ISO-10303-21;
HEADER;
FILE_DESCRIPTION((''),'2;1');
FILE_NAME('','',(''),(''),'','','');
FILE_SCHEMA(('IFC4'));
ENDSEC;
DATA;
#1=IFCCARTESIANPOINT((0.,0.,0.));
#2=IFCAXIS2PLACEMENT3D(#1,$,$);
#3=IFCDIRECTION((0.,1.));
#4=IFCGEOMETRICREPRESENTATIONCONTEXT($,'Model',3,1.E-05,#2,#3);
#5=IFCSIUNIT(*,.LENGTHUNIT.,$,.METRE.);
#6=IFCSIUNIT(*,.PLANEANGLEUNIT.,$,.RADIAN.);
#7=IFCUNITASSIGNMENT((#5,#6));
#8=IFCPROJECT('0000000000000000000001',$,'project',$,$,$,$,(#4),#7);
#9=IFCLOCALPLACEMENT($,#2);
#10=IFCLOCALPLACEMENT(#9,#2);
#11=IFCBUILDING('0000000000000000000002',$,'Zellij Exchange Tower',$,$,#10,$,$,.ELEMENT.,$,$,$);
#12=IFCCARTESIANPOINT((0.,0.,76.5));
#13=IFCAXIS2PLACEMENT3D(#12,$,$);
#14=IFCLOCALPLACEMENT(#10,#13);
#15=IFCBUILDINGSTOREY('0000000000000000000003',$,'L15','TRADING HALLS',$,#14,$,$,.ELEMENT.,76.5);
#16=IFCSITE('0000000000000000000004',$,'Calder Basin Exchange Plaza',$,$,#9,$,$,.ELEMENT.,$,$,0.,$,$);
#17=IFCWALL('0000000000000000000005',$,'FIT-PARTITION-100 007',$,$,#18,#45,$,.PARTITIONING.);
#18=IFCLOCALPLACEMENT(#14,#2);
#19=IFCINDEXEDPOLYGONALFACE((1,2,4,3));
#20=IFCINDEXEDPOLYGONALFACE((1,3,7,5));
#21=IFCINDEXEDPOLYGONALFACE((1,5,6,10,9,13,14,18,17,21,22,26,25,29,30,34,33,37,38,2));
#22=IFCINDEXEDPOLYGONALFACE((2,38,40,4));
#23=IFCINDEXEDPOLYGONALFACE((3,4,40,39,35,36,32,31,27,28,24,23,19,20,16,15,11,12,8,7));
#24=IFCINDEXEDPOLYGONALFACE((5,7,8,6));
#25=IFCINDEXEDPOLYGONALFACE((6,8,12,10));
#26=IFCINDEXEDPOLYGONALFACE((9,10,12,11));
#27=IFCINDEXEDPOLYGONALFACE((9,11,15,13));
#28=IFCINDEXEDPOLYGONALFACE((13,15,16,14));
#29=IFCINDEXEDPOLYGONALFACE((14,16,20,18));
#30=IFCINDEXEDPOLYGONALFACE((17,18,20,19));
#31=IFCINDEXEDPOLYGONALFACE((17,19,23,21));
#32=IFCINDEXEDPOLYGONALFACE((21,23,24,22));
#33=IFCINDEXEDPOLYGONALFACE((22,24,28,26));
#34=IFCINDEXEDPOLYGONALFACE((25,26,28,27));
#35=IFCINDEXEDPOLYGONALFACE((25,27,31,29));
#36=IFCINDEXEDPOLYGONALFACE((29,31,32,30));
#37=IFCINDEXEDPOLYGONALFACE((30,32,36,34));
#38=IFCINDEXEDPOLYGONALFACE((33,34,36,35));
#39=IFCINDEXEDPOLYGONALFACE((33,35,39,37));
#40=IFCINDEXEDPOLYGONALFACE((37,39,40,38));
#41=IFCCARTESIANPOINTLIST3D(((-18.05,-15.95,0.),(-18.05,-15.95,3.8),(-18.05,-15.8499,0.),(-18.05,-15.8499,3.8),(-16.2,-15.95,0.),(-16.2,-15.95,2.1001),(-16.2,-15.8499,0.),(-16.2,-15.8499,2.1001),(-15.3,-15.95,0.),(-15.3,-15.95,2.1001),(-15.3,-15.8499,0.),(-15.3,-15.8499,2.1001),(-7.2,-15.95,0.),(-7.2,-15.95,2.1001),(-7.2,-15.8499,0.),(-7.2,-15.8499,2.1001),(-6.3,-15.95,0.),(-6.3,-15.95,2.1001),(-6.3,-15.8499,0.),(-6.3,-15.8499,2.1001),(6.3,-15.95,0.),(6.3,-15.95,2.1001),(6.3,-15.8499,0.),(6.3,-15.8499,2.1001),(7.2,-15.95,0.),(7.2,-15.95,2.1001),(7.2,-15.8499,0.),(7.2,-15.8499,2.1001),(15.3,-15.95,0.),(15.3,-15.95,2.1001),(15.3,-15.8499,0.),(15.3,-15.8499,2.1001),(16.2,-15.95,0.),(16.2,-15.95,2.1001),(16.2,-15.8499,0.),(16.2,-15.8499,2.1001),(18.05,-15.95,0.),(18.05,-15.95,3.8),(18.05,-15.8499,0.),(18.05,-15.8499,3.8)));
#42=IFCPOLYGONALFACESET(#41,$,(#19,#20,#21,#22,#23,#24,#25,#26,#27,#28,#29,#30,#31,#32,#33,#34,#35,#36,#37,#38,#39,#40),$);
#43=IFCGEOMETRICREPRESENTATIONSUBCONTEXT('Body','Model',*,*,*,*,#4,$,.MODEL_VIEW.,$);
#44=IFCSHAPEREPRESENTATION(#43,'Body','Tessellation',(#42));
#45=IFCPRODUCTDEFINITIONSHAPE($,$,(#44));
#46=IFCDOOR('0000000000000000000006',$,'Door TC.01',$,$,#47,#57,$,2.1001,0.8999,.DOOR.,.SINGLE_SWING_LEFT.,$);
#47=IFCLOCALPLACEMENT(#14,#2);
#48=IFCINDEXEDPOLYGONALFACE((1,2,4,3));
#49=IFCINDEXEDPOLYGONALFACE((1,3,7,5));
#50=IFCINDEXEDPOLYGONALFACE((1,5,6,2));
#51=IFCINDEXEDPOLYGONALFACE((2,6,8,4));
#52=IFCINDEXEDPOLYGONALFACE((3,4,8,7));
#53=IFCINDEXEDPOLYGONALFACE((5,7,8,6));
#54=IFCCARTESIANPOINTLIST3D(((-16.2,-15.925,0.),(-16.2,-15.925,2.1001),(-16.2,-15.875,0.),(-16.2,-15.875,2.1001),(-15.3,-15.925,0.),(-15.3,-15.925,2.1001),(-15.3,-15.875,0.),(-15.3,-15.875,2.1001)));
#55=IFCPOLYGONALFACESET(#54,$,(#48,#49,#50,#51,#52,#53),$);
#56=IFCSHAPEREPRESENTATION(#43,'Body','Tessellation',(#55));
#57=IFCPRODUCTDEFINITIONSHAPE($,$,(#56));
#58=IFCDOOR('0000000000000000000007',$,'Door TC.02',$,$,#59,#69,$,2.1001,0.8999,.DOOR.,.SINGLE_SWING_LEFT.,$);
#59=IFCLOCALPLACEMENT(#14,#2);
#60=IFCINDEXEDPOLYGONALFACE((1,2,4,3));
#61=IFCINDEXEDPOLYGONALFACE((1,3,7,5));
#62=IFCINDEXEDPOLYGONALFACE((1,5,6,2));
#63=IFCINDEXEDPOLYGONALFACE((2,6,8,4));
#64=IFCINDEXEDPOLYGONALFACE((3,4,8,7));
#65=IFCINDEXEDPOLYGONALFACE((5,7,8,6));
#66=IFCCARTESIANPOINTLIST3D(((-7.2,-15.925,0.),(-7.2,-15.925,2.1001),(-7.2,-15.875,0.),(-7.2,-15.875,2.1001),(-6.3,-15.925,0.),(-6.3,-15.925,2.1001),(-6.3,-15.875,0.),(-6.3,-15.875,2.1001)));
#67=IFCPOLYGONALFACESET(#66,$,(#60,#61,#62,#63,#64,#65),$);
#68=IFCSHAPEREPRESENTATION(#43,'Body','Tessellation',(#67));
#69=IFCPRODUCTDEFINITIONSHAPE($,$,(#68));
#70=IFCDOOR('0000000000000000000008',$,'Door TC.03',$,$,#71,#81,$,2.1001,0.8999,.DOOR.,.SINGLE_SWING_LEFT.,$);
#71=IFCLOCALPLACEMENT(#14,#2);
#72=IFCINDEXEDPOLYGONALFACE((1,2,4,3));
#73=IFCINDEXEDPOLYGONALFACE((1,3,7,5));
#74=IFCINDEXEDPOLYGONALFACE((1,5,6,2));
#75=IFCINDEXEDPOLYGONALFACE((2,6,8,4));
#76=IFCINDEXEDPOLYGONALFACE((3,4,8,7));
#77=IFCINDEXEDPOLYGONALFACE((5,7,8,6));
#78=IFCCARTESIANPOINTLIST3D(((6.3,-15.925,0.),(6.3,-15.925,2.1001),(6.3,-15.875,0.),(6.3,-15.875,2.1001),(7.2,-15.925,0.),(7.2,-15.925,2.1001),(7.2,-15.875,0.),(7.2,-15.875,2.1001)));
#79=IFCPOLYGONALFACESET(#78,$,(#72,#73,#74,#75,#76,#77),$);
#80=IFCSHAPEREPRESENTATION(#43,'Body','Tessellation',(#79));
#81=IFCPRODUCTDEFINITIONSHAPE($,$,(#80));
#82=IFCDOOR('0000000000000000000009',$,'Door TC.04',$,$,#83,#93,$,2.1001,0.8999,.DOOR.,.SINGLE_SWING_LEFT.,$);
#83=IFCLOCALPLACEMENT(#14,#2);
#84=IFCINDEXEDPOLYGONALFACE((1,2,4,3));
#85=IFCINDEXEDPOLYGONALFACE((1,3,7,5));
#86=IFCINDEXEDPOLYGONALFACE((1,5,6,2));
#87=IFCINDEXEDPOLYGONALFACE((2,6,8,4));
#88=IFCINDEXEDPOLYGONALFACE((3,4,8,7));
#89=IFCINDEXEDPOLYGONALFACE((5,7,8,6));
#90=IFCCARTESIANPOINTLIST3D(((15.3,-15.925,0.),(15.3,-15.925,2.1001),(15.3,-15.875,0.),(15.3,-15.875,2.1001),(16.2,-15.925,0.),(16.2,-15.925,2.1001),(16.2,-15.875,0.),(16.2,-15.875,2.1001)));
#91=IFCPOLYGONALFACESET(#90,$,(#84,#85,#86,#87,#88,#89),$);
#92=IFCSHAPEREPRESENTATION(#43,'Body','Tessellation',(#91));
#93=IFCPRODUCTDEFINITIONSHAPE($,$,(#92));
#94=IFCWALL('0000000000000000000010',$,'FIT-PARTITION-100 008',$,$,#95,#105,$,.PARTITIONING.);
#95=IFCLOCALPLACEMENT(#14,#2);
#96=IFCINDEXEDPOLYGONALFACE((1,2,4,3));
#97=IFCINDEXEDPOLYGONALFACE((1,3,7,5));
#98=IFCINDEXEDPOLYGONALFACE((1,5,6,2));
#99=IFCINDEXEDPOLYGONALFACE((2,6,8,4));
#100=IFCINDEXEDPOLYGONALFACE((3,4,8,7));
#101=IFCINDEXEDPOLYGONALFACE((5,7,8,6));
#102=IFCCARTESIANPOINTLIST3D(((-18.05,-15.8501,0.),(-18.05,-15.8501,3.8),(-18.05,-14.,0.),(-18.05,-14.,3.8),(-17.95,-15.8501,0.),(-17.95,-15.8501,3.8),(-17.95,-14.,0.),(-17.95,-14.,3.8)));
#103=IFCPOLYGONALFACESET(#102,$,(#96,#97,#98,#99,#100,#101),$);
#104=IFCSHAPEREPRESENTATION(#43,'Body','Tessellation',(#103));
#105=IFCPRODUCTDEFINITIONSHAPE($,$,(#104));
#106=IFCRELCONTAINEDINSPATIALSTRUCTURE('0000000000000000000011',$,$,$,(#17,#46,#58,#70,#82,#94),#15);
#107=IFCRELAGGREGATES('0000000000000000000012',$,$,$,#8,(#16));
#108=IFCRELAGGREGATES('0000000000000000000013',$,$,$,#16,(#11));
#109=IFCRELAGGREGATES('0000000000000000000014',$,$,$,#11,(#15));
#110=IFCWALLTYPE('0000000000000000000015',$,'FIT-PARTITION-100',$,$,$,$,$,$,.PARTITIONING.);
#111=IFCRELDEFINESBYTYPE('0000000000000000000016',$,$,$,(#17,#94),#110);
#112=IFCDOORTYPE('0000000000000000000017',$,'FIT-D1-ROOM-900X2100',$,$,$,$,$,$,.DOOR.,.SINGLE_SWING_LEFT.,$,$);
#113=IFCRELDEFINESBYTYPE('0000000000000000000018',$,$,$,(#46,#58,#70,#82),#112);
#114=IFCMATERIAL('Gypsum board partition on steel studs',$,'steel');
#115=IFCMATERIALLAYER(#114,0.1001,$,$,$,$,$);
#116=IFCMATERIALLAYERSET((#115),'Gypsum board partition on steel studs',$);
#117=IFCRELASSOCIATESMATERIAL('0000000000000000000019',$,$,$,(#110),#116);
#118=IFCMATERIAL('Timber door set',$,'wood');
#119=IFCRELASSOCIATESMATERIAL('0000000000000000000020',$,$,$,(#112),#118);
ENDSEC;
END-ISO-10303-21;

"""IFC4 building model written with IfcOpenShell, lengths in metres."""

from ifc_helpers import new_model, si_unit, direction, frame, frame_2d, origin, place, context, subcontext, project, spatial, rectangle, extrude, material, layer, layer_set, type_object, element, fill, save


model = new_model("IFC4")

# Units and contexts
model_context = context("Model", 3, precision=1e-05, world=origin(), true_north=direction((0.0, 1.0)))
body_context = subcontext(model_context, "Body", "Model", "MODEL_VIEW")
ifc_project = project(units=[si_unit("LENGTHUNIT", "METRE"), si_unit("PLANEANGLEUNIT", "RADIAN")], contexts=[model_context])

# Site, building, storey
site_placement = place(None, origin())
site = spatial("IfcSite", under=ifc_project, at=site_placement, Name="Calder Basin Exchange Plaza", CompositionType="ELEMENT", RefElevation=0.0)
building_placement = place(site_placement, origin())
building = spatial("IfcBuilding", under=site, at=building_placement, Name="Zellij Exchange Tower", CompositionType="ELEMENT")
storey_placement = place(building_placement, frame((0.0, 0.0, 76.5)))
storey = spatial("IfcBuildingStorey", under=building, at=storey_placement, Name="L15", Description="TRADING HALLS", CompositionType="ELEMENT", Elevation=76.5)

# Wall, openings, doors
ifc_material_1 = material(Name="Gypsum board partition on steel studs", Category="steel")
ifc_layer_1 = layer(ifc_material_1, 0.1001)
ifc_layer_set_1 = layer_set([ifc_layer_1], Name="Gypsum board partition on steel studs")
wall_type_1 = type_object("IfcWallType", Name="FIT-PARTITION-100", PredefinedType="PARTITIONING", material=ifc_layer_set_1)
wall_1_placement = place(storey_placement, frame((-18.05, -15.8999, 0.0), z_axis=(0.0, 0.0, 1.0), x_axis=(1.0, 0.0, 0.0)))
wall_1 = element("IfcWall", 1, at=wall_1_placement, inside=storey, type_object=wall_type_1, Name="FIT-PARTITION-100 007", PredefinedType="PARTITIONING", context=body_context, shape_type="SweptSolid", body=[
    extrude(rectangle(XDim=36.1001, YDim=0.1001, at=frame_2d((18.05, 0.0))), origin(), (0.0, 0.0, 1.0), 3.8),
])
opening_1_placement = place(wall_1_placement, frame((1.8501, 0.0, 0.0)))
opening_1 = element("IfcOpeningElement", 2, at=opening_1_placement, cuts=wall_1, PredefinedType="OPENING", context=body_context, shape_type="SweptSolid", body=[
    extrude(rectangle(XDim=0.8999, YDim=2.1001, at=frame_2d((0.45, 1.05))), frame((0.0, 0.062, 0.0), z_axis=(0.0, -1.0, 0.0), x_axis=(1.0, 0.0, 0.0)), (0.0, 0.0, 1.0), 0.124),
])
opening_2_placement = place(wall_1_placement, frame((10.8501, 0.0, 0.0)))
opening_2 = element("IfcOpeningElement", 3, at=opening_2_placement, cuts=wall_1, PredefinedType="OPENING", context=body_context, shape_type="SweptSolid", body=[
    extrude(rectangle(XDim=0.8999, YDim=2.1001, at=frame_2d((0.45, 1.05))), frame((0.0, 0.062, 0.0), z_axis=(0.0, -1.0, 0.0), x_axis=(1.0, 0.0, 0.0)), (0.0, 0.0, 1.0), 0.124),
])
opening_3_placement = place(wall_1_placement, frame((24.3501, 0.0, 0.0)))
opening_3 = element("IfcOpeningElement", 4, at=opening_3_placement, cuts=wall_1, PredefinedType="OPENING", context=body_context, shape_type="SweptSolid", body=[
    extrude(rectangle(XDim=0.8999, YDim=2.1001, at=frame_2d((0.45, 1.05))), frame((0.0, 0.062, 0.0), z_axis=(0.0, -1.0, 0.0), x_axis=(1.0, 0.0, 0.0)), (0.0, 0.0, 1.0), 0.124),
])
opening_4_placement = place(wall_1_placement, frame((33.3501, 0.0, 0.0)))
opening_4 = element("IfcOpeningElement", 5, at=opening_4_placement, cuts=wall_1, PredefinedType="OPENING", context=body_context, shape_type="SweptSolid", body=[
    extrude(rectangle(XDim=0.8999, YDim=2.1001, at=frame_2d((0.45, 1.05))), frame((0.0, 0.062, 0.0), z_axis=(0.0, -1.0, 0.0), x_axis=(1.0, 0.0, 0.0)), (0.0, 0.0, 1.0), 0.124),
])
ifc_material_2 = material(Name="Timber door set", Category="wood")
door_type_1 = type_object("IfcDoorType", Name="FIT-D1-ROOM-900X2100", OperationType="SINGLE_SWING_LEFT", PredefinedType="DOOR", material=ifc_material_2)
door_1_placement = place(opening_1_placement, origin())
door_1 = element("IfcDoor", 6, at=door_1_placement, inside=storey, type_object=door_type_1, Name="Door TC.01", OperationType="SINGLE_SWING_LEFT", OverallHeight=2.1001, OverallWidth=0.8999, PredefinedType="DOOR", context=body_context, shape_type="SweptSolid", body=[
    extrude(rectangle(XDim=0.8999, YDim=2.1001, at=frame_2d((0.45, 1.05))), frame((0.0, 0.0249, 0.0), z_axis=(0.0, -1.0, 0.0), x_axis=(1.0, 0.0, 0.0)), (0.0, 0.0, 1.0), 0.05),
])
fill(opening_1, door_1)
door_2_placement = place(opening_2_placement, origin())
door_2 = element("IfcDoor", 7, at=door_2_placement, inside=storey, type_object=door_type_1, Name="Door TC.02", OperationType="SINGLE_SWING_LEFT", OverallHeight=2.1001, OverallWidth=0.8999, PredefinedType="DOOR", context=body_context, shape_type="SweptSolid", body=[
    extrude(rectangle(XDim=0.8999, YDim=2.1001, at=frame_2d((0.45, 1.05))), frame((0.0, 0.0249, 0.0), z_axis=(0.0, -1.0, 0.0), x_axis=(1.0, 0.0, 0.0)), (0.0, 0.0, 1.0), 0.05),
])
fill(opening_2, door_2)
door_3_placement = place(opening_3_placement, origin())
door_3 = element("IfcDoor", 8, at=door_3_placement, inside=storey, type_object=door_type_1, Name="Door TC.03", OperationType="SINGLE_SWING_LEFT", OverallHeight=2.1001, OverallWidth=0.8999, PredefinedType="DOOR", context=body_context, shape_type="SweptSolid", body=[
    extrude(rectangle(XDim=0.8999, YDim=2.1001, at=frame_2d((0.45, 1.05))), frame((0.0, 0.0249, 0.0), z_axis=(0.0, -1.0, 0.0), x_axis=(1.0, 0.0, 0.0)), (0.0, 0.0, 1.0), 0.05),
])
fill(opening_3, door_3)
door_4_placement = place(opening_4_placement, origin())
door_4 = element("IfcDoor", 9, at=door_4_placement, inside=storey, type_object=door_type_1, Name="Door TC.04", OperationType="SINGLE_SWING_LEFT", OverallHeight=2.1001, OverallWidth=0.8999, PredefinedType="DOOR", context=body_context, shape_type="SweptSolid", body=[
    extrude(rectangle(XDim=0.8999, YDim=2.1001, at=frame_2d((0.45, 1.05))), frame((0.0, 0.0249, 0.0), z_axis=(0.0, -1.0, 0.0), x_axis=(1.0, 0.0, 0.0)), (0.0, 0.0, 1.0), 0.05),
])
fill(opening_4, door_4)

# Wall
wall_2_placement = place(storey_placement, frame((-18.0, -15.8501, 0.0), z_axis=(0.0, 0.0, 1.0), x_axis=(0.0, 1.0, 0.0)))
element("IfcWall", 10, at=wall_2_placement, inside=storey, type_object=wall_type_1, Name="FIT-PARTITION-100 008", PredefinedType="PARTITIONING", context=body_context, shape_type="SweptSolid", body=[
    extrude(rectangle(XDim=1.8501, YDim=0.1001, at=frame_2d((0.925, 0.0))), origin(), (0.0, 0.0, 1.0), 3.8),
])

save(model, "model.ifc")
